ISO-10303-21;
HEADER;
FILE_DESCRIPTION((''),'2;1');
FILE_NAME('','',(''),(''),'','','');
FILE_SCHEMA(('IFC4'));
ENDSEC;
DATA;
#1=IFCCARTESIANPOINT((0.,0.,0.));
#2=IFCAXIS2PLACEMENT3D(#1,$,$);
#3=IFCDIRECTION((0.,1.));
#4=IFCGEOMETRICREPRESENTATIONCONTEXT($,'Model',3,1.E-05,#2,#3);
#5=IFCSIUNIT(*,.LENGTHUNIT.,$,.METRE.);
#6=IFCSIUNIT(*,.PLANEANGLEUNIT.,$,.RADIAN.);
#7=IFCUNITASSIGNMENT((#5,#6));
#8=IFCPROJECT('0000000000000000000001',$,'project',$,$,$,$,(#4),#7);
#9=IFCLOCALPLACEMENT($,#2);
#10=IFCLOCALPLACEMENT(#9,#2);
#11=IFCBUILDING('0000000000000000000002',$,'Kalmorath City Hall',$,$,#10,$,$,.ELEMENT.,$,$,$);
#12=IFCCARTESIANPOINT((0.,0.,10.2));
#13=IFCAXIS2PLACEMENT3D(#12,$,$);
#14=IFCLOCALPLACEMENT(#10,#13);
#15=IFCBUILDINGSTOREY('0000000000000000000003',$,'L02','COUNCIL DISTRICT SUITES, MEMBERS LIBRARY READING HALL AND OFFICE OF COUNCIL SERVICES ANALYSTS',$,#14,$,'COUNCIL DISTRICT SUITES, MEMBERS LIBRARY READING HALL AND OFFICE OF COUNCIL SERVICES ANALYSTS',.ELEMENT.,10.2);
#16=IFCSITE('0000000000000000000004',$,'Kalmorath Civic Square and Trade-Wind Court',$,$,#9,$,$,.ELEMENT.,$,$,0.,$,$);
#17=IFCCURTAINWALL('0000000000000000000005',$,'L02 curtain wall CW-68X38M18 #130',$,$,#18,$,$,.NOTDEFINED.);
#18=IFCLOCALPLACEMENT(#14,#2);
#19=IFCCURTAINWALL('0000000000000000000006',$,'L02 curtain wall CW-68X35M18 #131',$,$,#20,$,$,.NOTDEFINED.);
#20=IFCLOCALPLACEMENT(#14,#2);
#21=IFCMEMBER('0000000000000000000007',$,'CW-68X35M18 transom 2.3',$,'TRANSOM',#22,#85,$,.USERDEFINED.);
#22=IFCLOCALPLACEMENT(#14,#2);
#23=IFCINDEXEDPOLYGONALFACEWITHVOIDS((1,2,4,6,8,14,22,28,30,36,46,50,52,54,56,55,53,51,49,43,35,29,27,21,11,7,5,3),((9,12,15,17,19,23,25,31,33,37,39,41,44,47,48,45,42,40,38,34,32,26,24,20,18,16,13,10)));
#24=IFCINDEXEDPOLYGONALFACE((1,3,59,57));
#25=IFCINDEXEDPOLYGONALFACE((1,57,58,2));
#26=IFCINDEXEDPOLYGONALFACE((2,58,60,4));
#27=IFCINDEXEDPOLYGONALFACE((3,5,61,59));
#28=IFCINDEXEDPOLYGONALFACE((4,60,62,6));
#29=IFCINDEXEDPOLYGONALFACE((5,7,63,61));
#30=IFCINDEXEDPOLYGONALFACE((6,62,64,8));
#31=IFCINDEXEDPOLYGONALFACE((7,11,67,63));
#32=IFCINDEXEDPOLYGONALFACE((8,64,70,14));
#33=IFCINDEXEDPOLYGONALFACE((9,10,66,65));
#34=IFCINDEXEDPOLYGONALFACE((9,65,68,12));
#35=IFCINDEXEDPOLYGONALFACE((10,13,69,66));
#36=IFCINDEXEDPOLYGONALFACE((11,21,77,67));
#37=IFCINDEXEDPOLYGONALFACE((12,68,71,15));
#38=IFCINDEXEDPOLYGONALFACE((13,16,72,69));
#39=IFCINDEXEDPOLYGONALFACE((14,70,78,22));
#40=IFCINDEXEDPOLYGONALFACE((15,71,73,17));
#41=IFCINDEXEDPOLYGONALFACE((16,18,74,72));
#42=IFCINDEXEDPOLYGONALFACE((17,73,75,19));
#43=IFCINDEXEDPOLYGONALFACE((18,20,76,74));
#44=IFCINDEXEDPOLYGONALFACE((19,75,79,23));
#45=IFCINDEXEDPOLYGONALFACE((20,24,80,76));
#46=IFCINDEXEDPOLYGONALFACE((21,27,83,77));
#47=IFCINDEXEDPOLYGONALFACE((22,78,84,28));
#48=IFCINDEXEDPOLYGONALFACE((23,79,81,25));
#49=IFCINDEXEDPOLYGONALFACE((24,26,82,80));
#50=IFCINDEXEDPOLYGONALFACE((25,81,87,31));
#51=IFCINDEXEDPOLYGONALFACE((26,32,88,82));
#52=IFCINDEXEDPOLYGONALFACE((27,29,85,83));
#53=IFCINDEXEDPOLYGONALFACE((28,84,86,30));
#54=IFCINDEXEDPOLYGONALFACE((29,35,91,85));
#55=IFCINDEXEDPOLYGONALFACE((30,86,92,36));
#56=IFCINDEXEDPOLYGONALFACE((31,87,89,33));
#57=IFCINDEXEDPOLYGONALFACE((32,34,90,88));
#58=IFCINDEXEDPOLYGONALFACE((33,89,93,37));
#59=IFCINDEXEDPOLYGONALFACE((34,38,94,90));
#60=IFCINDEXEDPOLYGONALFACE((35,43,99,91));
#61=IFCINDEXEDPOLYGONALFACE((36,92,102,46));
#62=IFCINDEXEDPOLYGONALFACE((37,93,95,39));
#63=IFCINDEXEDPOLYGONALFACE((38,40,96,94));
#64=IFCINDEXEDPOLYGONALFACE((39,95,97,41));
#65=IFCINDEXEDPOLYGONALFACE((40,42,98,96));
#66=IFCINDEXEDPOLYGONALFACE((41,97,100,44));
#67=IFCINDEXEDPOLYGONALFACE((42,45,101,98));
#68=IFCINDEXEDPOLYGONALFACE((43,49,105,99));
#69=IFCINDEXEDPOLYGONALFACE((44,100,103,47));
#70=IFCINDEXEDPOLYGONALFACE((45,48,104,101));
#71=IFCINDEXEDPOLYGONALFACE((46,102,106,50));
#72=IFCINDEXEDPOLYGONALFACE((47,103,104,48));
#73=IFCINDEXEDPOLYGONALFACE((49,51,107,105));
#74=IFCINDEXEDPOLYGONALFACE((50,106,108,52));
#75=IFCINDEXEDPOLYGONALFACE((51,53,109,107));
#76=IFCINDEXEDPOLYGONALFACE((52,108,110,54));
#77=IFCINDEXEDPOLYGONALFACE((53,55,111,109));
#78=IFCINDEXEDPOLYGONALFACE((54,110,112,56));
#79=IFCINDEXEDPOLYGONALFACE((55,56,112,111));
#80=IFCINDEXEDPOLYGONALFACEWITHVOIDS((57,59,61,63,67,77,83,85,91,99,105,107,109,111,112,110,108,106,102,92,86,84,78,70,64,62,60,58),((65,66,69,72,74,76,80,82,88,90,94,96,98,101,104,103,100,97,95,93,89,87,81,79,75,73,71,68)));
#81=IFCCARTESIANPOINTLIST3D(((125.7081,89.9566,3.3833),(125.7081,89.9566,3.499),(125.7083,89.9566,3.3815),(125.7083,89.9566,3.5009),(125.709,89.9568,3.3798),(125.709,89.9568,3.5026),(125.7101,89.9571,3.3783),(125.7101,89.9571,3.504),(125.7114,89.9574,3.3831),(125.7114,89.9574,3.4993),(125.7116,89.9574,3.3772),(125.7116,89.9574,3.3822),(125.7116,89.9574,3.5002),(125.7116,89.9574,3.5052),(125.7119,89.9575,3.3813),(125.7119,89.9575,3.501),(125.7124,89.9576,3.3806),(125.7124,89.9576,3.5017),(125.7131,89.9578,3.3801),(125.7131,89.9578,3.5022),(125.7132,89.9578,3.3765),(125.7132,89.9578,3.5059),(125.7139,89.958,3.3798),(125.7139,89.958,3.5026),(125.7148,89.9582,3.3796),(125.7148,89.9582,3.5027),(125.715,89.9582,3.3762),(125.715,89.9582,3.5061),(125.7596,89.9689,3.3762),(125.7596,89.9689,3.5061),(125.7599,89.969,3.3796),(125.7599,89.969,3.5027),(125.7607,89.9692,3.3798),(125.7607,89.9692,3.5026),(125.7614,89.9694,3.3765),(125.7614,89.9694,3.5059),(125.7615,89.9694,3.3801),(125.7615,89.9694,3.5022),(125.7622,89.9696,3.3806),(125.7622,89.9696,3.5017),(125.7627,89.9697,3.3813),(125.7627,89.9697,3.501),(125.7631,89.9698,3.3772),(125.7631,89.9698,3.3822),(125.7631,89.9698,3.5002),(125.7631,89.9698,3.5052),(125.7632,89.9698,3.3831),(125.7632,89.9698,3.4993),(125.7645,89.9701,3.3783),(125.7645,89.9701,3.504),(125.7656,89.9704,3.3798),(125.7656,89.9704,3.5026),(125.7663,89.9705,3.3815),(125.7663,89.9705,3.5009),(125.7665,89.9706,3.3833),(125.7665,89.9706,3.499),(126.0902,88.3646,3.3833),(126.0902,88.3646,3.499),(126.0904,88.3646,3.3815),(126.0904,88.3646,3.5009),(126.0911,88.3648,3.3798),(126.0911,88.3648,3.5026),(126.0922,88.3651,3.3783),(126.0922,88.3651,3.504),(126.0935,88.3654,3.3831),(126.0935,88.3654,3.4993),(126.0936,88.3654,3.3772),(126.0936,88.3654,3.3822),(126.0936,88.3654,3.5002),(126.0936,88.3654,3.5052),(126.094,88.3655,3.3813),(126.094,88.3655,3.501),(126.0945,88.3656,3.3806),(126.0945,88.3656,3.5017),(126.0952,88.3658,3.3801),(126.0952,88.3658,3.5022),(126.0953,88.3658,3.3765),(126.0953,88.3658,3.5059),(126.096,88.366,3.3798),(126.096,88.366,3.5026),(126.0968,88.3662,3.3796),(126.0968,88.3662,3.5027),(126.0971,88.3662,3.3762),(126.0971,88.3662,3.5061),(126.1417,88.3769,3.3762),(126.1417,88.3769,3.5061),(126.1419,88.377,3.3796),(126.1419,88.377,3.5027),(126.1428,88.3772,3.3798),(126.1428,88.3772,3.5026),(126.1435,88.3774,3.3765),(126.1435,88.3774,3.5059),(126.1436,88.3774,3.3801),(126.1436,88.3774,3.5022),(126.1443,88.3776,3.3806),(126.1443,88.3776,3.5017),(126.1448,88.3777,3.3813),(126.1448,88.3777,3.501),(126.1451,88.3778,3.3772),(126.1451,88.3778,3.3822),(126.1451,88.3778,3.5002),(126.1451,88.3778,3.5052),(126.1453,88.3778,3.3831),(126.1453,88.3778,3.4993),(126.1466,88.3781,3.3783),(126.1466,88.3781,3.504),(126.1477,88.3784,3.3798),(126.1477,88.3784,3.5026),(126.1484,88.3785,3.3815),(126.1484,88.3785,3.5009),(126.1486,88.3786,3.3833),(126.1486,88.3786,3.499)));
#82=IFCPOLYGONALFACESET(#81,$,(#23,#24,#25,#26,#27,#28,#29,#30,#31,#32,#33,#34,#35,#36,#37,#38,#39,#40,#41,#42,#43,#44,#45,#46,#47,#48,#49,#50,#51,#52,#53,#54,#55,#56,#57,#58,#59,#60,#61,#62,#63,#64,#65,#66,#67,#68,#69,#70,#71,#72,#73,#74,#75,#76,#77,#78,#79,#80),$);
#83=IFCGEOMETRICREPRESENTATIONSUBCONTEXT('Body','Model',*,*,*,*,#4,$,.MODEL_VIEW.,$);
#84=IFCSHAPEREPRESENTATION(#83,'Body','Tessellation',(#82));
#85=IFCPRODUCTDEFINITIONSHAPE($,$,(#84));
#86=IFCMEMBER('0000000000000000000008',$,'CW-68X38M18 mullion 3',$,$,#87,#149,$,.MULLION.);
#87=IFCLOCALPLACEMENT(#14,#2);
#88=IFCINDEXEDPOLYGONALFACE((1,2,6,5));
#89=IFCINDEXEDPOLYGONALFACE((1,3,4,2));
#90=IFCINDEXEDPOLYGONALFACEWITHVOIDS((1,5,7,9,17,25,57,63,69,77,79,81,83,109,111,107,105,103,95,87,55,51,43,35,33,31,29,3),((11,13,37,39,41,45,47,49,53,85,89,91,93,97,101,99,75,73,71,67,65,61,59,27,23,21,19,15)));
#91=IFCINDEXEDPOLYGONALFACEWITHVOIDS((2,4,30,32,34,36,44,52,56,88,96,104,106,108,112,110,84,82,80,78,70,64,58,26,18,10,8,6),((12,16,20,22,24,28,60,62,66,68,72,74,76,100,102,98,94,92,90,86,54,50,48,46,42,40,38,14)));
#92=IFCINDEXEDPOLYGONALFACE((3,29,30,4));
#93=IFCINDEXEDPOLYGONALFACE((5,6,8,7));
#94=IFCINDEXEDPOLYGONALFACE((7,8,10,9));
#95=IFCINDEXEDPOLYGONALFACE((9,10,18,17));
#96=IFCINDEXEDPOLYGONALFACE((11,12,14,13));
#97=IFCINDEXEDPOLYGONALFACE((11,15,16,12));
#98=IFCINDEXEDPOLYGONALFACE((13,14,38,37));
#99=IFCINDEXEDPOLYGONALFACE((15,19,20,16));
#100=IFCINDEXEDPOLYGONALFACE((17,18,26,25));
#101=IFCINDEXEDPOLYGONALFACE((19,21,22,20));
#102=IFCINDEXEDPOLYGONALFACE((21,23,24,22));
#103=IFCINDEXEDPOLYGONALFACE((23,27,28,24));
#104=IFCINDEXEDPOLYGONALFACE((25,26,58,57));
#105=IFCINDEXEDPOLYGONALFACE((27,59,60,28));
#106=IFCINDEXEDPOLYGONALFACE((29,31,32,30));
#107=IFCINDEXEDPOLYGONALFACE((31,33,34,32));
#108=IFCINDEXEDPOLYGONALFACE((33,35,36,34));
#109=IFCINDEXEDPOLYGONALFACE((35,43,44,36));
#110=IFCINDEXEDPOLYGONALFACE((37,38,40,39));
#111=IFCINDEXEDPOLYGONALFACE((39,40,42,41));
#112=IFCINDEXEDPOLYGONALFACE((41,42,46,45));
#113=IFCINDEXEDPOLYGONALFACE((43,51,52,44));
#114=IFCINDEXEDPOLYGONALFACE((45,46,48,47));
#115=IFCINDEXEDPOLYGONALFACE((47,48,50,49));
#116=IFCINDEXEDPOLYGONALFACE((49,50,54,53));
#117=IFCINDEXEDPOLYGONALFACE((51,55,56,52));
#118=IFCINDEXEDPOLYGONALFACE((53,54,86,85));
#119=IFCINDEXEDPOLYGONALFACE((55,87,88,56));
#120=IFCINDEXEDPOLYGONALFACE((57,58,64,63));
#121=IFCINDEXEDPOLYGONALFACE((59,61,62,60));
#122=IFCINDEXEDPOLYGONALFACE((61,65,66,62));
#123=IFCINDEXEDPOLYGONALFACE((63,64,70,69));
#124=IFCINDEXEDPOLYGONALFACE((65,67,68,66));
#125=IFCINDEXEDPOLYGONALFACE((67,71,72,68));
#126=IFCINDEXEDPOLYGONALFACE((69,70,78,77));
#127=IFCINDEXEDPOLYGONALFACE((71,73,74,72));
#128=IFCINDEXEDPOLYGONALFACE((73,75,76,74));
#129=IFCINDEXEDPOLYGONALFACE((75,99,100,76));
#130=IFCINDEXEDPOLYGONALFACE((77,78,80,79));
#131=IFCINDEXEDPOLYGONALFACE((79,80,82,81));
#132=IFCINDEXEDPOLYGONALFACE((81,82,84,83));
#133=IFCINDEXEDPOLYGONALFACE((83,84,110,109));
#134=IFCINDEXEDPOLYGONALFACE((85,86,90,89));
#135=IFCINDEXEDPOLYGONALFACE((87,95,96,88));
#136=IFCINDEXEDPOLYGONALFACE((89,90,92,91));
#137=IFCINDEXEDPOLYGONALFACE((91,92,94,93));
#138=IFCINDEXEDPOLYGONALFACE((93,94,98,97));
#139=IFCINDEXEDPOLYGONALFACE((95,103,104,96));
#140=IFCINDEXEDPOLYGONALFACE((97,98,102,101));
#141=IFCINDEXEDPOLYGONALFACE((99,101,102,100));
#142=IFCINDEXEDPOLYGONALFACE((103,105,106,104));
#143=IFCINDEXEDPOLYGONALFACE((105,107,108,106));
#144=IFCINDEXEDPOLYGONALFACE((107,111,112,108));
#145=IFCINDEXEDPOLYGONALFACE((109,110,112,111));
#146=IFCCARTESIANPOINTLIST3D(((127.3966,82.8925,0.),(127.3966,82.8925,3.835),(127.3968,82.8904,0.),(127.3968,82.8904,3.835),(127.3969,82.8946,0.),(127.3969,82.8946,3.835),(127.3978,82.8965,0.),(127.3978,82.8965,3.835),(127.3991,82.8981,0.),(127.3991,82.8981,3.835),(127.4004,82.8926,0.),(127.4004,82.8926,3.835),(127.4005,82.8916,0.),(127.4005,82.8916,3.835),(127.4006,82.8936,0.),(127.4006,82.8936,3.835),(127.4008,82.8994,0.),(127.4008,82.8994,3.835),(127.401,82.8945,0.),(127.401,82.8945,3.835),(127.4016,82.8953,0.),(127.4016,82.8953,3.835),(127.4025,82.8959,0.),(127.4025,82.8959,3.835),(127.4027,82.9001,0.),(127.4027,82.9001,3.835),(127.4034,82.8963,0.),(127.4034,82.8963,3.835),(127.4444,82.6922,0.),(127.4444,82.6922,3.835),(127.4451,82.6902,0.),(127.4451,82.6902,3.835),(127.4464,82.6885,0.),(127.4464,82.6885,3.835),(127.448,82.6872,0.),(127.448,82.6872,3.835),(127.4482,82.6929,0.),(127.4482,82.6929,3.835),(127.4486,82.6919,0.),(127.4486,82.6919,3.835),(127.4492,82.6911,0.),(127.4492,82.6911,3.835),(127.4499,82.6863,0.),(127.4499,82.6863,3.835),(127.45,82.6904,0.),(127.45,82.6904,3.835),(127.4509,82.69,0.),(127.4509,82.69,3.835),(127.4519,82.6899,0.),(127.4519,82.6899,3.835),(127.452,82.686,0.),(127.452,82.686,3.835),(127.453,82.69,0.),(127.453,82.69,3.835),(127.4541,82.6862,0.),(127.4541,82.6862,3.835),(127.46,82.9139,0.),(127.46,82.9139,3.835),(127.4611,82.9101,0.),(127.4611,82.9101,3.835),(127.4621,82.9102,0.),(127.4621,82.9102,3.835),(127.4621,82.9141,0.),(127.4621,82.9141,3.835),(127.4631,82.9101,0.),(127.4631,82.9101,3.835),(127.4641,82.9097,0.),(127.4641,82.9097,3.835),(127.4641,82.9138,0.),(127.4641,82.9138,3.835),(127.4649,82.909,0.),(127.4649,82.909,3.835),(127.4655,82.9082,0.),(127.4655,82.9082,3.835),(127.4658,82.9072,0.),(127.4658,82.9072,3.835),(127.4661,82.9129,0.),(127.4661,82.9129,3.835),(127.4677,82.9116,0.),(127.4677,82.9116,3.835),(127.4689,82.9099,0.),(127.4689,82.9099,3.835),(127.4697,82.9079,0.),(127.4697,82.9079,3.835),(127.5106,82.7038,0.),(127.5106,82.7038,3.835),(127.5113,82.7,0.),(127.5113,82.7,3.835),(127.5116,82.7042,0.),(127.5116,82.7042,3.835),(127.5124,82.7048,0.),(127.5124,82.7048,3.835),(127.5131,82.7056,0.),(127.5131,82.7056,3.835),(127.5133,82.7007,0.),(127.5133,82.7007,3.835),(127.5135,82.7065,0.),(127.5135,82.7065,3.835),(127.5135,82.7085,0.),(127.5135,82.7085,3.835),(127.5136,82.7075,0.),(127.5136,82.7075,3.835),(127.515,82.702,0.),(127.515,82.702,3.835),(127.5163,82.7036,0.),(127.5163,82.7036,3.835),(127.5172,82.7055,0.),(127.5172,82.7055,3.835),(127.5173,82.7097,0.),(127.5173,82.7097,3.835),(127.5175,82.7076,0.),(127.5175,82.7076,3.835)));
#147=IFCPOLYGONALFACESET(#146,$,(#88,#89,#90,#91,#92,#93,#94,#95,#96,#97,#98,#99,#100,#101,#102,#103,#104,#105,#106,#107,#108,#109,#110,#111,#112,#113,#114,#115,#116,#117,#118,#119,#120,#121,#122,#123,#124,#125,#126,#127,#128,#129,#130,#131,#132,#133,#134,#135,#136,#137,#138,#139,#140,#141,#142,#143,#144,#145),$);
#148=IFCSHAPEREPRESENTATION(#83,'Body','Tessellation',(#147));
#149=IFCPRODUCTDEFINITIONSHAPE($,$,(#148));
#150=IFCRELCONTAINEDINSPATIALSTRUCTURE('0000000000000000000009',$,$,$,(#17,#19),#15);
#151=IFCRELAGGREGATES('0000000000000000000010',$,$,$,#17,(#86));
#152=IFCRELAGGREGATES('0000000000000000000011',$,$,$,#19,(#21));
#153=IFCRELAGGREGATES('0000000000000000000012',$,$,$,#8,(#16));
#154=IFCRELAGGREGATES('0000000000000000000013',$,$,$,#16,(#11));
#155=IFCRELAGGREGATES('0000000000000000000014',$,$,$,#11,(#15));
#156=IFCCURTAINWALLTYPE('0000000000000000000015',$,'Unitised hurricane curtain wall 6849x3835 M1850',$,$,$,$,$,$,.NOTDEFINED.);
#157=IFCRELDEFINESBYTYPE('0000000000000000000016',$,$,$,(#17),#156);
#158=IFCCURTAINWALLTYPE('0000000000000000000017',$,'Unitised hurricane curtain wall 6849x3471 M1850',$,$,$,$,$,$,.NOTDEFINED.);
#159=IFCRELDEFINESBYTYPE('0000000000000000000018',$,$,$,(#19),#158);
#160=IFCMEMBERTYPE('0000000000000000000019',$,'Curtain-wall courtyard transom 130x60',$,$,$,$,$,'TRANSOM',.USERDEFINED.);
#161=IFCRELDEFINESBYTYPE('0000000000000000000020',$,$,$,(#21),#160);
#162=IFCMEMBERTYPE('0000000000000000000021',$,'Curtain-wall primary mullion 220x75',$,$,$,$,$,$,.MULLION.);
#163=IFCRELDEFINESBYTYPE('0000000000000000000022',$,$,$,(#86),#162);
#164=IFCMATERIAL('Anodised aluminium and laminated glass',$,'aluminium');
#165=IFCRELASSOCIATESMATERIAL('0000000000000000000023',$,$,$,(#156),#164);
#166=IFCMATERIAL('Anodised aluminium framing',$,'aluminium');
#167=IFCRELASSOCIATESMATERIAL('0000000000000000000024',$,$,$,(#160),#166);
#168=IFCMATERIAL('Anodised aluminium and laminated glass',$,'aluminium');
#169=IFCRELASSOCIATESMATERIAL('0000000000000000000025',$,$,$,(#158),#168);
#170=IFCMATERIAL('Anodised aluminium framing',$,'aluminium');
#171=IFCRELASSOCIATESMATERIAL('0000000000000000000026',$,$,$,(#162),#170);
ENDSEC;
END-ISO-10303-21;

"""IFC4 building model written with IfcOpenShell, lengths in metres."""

from ifc_helpers import new_model, si_unit, direction, frame, origin, origin_2d, place, context, subcontext, project, spatial, hollow_rectangle, extrude, material, material_profile, profile_set, type_object, element, aggregate, save


model = new_model("IFC4")

# Units and contexts
model_context = context("Model", 3, precision=1e-05, world=origin(), true_north=direction((0.0, 1.0)))
body_context = subcontext(model_context, "Body", "Model", "MODEL_VIEW")
ifc_project = project(units=[si_unit("LENGTHUNIT", "METRE"), si_unit("PLANEANGLEUNIT", "RADIAN")], contexts=[model_context])

# Site, building, storey
site_placement = place(None, origin())
site = spatial("IfcSite", under=ifc_project, at=site_placement, Name="Kalmorath Civic Square and Trade-Wind Court", CompositionType="ELEMENT", RefElevation=0.0)
building_placement = place(site_placement, origin())
building = spatial("IfcBuilding", under=site, at=building_placement, Name="Kalmorath City Hall", CompositionType="ELEMENT")
storey_placement = place(building_placement, frame((0.0, 0.0, 10.2)))
storey = spatial("IfcBuildingStorey", under=building, at=storey_placement, Name="L02", Description="COUNCIL DISTRICT SUITES, MEMBERS LIBRARY READING HALL AND OFFICE OF COUNCIL SERVICES ANALYSTS", LongName="COUNCIL DISTRICT SUITES, MEMBERS LIBRARY READING HALL AND OFFICE OF COUNCIL SERVICES ANALYSTS", CompositionType="ELEMENT", Elevation=10.2)

# Curtain walls, member
ifc_material_1 = material(Name="Anodised aluminium and laminated glass", Category="aluminium")
curtain_wall_type_1 = type_object("IfcCurtainWallType", Name="Unitised hurricane curtain wall 6849x3835 M1850", PredefinedType="NOTDEFINED", material=ifc_material_1)
curtain_wall_1_placement = place(storey_placement, origin())
curtain_wall_1 = element("IfcCurtainWall", 1, at=curtain_wall_1_placement, inside=storey, type_object=curtain_wall_type_1, Name="L02 curtain wall CW-68X38M18 #130", PredefinedType="NOTDEFINED")
ifc_material_2 = material(Name="Anodised aluminium framing", Category="aluminium")
ifc_material_profile_1 = material_profile(ifc_material_2, hollow_rectangle(XDim=0.0601, YDim=0.1299, WallThickness=0.0034, InnerFilletRadius=0.0034, OuterFilletRadius=0.0071, at=origin_2d()), Name="ALU-TRN-130X60X3.5")
ifc_profile_set_1 = profile_set([ifc_material_profile_1], Name="Anodised aluminium framing")
member_type_1 = type_object("IfcMemberType", Name="Curtain-wall courtyard transom 130x60", ElementType="TRANSOM", PredefinedType="USERDEFINED", material=ifc_profile_set_1)
ifc_material_3 = material(Name="Anodised aluminium and laminated glass", Category="aluminium")
curtain_wall_type_2 = type_object("IfcCurtainWallType", Name="Unitised hurricane curtain wall 6849x3471 M1850", PredefinedType="NOTDEFINED", material=ifc_material_3)
curtain_wall_2_placement = place(storey_placement, origin())
curtain_wall_2 = element("IfcCurtainWall", 2, at=curtain_wall_2_placement, inside=storey, type_object=curtain_wall_type_2, Name="L02 curtain wall CW-68X35M18 #131", PredefinedType="NOTDEFINED")
member_1_placement = place(storey_placement, frame((126.1194, 88.3716, 3.4412), z_axis=(-0.233367, 0.972389, 0.0), x_axis=(-0.972389, -0.233367, 0.0)))
member_1 = element("IfcMember", 3, at=member_1_placement, type_object=member_type_1, Name="CW-68X35M18 transom 2.3", ObjectType="TRANSOM", PredefinedType="USERDEFINED", context=body_context, shape_type="SweptSolid", body=[
    extrude(hollow_rectangle(XDim=0.0601, YDim=0.1299, WallThickness=0.0034, InnerFilletRadius=0.0034, OuterFilletRadius=0.0071, at=origin_2d()), origin(), (0.0, 0.0, 1.0), 1.6372),
])

# Member
ifc_material_4 = material(Name="Anodised aluminium framing", Category="aluminium")
ifc_material_profile_2 = material_profile(ifc_material_4, hollow_rectangle(XDim=0.075, YDim=0.22, WallThickness=0.0039, InnerFilletRadius=0.0039, OuterFilletRadius=0.0081, at=origin_2d()), Name="ALU-MUL-220X75X4")
ifc_profile_set_2 = profile_set([ifc_material_profile_2], Name="Anodised aluminium framing")
member_type_2 = type_object("IfcMemberType", Name="Curtain-wall primary mullion 220x75", PredefinedType="MULLION", material=ifc_profile_set_2)
member_2_placement = place(storey_placement, frame((127.457, 82.8, 0.0), z_axis=(0.0, 0.0, 1.0), x_axis=(-0.972367, -0.233456, 0.0)))
member_2 = element("IfcMember", 4, at=member_2_placement, type_object=member_type_2, Name="CW-68X38M18 mullion 3", PredefinedType="MULLION", context=body_context, shape_type="SweptSolid", body=[
    extrude(hollow_rectangle(XDim=0.075, YDim=0.22, WallThickness=0.0039, InnerFilletRadius=0.0039, OuterFilletRadius=0.0081, at=origin_2d()), origin(), (0.0, 0.0, 1.0), 3.835),
])

aggregate(curtain_wall_1, [member_2])
aggregate(curtain_wall_2, [member_1])

save(model, "model.ifc")
